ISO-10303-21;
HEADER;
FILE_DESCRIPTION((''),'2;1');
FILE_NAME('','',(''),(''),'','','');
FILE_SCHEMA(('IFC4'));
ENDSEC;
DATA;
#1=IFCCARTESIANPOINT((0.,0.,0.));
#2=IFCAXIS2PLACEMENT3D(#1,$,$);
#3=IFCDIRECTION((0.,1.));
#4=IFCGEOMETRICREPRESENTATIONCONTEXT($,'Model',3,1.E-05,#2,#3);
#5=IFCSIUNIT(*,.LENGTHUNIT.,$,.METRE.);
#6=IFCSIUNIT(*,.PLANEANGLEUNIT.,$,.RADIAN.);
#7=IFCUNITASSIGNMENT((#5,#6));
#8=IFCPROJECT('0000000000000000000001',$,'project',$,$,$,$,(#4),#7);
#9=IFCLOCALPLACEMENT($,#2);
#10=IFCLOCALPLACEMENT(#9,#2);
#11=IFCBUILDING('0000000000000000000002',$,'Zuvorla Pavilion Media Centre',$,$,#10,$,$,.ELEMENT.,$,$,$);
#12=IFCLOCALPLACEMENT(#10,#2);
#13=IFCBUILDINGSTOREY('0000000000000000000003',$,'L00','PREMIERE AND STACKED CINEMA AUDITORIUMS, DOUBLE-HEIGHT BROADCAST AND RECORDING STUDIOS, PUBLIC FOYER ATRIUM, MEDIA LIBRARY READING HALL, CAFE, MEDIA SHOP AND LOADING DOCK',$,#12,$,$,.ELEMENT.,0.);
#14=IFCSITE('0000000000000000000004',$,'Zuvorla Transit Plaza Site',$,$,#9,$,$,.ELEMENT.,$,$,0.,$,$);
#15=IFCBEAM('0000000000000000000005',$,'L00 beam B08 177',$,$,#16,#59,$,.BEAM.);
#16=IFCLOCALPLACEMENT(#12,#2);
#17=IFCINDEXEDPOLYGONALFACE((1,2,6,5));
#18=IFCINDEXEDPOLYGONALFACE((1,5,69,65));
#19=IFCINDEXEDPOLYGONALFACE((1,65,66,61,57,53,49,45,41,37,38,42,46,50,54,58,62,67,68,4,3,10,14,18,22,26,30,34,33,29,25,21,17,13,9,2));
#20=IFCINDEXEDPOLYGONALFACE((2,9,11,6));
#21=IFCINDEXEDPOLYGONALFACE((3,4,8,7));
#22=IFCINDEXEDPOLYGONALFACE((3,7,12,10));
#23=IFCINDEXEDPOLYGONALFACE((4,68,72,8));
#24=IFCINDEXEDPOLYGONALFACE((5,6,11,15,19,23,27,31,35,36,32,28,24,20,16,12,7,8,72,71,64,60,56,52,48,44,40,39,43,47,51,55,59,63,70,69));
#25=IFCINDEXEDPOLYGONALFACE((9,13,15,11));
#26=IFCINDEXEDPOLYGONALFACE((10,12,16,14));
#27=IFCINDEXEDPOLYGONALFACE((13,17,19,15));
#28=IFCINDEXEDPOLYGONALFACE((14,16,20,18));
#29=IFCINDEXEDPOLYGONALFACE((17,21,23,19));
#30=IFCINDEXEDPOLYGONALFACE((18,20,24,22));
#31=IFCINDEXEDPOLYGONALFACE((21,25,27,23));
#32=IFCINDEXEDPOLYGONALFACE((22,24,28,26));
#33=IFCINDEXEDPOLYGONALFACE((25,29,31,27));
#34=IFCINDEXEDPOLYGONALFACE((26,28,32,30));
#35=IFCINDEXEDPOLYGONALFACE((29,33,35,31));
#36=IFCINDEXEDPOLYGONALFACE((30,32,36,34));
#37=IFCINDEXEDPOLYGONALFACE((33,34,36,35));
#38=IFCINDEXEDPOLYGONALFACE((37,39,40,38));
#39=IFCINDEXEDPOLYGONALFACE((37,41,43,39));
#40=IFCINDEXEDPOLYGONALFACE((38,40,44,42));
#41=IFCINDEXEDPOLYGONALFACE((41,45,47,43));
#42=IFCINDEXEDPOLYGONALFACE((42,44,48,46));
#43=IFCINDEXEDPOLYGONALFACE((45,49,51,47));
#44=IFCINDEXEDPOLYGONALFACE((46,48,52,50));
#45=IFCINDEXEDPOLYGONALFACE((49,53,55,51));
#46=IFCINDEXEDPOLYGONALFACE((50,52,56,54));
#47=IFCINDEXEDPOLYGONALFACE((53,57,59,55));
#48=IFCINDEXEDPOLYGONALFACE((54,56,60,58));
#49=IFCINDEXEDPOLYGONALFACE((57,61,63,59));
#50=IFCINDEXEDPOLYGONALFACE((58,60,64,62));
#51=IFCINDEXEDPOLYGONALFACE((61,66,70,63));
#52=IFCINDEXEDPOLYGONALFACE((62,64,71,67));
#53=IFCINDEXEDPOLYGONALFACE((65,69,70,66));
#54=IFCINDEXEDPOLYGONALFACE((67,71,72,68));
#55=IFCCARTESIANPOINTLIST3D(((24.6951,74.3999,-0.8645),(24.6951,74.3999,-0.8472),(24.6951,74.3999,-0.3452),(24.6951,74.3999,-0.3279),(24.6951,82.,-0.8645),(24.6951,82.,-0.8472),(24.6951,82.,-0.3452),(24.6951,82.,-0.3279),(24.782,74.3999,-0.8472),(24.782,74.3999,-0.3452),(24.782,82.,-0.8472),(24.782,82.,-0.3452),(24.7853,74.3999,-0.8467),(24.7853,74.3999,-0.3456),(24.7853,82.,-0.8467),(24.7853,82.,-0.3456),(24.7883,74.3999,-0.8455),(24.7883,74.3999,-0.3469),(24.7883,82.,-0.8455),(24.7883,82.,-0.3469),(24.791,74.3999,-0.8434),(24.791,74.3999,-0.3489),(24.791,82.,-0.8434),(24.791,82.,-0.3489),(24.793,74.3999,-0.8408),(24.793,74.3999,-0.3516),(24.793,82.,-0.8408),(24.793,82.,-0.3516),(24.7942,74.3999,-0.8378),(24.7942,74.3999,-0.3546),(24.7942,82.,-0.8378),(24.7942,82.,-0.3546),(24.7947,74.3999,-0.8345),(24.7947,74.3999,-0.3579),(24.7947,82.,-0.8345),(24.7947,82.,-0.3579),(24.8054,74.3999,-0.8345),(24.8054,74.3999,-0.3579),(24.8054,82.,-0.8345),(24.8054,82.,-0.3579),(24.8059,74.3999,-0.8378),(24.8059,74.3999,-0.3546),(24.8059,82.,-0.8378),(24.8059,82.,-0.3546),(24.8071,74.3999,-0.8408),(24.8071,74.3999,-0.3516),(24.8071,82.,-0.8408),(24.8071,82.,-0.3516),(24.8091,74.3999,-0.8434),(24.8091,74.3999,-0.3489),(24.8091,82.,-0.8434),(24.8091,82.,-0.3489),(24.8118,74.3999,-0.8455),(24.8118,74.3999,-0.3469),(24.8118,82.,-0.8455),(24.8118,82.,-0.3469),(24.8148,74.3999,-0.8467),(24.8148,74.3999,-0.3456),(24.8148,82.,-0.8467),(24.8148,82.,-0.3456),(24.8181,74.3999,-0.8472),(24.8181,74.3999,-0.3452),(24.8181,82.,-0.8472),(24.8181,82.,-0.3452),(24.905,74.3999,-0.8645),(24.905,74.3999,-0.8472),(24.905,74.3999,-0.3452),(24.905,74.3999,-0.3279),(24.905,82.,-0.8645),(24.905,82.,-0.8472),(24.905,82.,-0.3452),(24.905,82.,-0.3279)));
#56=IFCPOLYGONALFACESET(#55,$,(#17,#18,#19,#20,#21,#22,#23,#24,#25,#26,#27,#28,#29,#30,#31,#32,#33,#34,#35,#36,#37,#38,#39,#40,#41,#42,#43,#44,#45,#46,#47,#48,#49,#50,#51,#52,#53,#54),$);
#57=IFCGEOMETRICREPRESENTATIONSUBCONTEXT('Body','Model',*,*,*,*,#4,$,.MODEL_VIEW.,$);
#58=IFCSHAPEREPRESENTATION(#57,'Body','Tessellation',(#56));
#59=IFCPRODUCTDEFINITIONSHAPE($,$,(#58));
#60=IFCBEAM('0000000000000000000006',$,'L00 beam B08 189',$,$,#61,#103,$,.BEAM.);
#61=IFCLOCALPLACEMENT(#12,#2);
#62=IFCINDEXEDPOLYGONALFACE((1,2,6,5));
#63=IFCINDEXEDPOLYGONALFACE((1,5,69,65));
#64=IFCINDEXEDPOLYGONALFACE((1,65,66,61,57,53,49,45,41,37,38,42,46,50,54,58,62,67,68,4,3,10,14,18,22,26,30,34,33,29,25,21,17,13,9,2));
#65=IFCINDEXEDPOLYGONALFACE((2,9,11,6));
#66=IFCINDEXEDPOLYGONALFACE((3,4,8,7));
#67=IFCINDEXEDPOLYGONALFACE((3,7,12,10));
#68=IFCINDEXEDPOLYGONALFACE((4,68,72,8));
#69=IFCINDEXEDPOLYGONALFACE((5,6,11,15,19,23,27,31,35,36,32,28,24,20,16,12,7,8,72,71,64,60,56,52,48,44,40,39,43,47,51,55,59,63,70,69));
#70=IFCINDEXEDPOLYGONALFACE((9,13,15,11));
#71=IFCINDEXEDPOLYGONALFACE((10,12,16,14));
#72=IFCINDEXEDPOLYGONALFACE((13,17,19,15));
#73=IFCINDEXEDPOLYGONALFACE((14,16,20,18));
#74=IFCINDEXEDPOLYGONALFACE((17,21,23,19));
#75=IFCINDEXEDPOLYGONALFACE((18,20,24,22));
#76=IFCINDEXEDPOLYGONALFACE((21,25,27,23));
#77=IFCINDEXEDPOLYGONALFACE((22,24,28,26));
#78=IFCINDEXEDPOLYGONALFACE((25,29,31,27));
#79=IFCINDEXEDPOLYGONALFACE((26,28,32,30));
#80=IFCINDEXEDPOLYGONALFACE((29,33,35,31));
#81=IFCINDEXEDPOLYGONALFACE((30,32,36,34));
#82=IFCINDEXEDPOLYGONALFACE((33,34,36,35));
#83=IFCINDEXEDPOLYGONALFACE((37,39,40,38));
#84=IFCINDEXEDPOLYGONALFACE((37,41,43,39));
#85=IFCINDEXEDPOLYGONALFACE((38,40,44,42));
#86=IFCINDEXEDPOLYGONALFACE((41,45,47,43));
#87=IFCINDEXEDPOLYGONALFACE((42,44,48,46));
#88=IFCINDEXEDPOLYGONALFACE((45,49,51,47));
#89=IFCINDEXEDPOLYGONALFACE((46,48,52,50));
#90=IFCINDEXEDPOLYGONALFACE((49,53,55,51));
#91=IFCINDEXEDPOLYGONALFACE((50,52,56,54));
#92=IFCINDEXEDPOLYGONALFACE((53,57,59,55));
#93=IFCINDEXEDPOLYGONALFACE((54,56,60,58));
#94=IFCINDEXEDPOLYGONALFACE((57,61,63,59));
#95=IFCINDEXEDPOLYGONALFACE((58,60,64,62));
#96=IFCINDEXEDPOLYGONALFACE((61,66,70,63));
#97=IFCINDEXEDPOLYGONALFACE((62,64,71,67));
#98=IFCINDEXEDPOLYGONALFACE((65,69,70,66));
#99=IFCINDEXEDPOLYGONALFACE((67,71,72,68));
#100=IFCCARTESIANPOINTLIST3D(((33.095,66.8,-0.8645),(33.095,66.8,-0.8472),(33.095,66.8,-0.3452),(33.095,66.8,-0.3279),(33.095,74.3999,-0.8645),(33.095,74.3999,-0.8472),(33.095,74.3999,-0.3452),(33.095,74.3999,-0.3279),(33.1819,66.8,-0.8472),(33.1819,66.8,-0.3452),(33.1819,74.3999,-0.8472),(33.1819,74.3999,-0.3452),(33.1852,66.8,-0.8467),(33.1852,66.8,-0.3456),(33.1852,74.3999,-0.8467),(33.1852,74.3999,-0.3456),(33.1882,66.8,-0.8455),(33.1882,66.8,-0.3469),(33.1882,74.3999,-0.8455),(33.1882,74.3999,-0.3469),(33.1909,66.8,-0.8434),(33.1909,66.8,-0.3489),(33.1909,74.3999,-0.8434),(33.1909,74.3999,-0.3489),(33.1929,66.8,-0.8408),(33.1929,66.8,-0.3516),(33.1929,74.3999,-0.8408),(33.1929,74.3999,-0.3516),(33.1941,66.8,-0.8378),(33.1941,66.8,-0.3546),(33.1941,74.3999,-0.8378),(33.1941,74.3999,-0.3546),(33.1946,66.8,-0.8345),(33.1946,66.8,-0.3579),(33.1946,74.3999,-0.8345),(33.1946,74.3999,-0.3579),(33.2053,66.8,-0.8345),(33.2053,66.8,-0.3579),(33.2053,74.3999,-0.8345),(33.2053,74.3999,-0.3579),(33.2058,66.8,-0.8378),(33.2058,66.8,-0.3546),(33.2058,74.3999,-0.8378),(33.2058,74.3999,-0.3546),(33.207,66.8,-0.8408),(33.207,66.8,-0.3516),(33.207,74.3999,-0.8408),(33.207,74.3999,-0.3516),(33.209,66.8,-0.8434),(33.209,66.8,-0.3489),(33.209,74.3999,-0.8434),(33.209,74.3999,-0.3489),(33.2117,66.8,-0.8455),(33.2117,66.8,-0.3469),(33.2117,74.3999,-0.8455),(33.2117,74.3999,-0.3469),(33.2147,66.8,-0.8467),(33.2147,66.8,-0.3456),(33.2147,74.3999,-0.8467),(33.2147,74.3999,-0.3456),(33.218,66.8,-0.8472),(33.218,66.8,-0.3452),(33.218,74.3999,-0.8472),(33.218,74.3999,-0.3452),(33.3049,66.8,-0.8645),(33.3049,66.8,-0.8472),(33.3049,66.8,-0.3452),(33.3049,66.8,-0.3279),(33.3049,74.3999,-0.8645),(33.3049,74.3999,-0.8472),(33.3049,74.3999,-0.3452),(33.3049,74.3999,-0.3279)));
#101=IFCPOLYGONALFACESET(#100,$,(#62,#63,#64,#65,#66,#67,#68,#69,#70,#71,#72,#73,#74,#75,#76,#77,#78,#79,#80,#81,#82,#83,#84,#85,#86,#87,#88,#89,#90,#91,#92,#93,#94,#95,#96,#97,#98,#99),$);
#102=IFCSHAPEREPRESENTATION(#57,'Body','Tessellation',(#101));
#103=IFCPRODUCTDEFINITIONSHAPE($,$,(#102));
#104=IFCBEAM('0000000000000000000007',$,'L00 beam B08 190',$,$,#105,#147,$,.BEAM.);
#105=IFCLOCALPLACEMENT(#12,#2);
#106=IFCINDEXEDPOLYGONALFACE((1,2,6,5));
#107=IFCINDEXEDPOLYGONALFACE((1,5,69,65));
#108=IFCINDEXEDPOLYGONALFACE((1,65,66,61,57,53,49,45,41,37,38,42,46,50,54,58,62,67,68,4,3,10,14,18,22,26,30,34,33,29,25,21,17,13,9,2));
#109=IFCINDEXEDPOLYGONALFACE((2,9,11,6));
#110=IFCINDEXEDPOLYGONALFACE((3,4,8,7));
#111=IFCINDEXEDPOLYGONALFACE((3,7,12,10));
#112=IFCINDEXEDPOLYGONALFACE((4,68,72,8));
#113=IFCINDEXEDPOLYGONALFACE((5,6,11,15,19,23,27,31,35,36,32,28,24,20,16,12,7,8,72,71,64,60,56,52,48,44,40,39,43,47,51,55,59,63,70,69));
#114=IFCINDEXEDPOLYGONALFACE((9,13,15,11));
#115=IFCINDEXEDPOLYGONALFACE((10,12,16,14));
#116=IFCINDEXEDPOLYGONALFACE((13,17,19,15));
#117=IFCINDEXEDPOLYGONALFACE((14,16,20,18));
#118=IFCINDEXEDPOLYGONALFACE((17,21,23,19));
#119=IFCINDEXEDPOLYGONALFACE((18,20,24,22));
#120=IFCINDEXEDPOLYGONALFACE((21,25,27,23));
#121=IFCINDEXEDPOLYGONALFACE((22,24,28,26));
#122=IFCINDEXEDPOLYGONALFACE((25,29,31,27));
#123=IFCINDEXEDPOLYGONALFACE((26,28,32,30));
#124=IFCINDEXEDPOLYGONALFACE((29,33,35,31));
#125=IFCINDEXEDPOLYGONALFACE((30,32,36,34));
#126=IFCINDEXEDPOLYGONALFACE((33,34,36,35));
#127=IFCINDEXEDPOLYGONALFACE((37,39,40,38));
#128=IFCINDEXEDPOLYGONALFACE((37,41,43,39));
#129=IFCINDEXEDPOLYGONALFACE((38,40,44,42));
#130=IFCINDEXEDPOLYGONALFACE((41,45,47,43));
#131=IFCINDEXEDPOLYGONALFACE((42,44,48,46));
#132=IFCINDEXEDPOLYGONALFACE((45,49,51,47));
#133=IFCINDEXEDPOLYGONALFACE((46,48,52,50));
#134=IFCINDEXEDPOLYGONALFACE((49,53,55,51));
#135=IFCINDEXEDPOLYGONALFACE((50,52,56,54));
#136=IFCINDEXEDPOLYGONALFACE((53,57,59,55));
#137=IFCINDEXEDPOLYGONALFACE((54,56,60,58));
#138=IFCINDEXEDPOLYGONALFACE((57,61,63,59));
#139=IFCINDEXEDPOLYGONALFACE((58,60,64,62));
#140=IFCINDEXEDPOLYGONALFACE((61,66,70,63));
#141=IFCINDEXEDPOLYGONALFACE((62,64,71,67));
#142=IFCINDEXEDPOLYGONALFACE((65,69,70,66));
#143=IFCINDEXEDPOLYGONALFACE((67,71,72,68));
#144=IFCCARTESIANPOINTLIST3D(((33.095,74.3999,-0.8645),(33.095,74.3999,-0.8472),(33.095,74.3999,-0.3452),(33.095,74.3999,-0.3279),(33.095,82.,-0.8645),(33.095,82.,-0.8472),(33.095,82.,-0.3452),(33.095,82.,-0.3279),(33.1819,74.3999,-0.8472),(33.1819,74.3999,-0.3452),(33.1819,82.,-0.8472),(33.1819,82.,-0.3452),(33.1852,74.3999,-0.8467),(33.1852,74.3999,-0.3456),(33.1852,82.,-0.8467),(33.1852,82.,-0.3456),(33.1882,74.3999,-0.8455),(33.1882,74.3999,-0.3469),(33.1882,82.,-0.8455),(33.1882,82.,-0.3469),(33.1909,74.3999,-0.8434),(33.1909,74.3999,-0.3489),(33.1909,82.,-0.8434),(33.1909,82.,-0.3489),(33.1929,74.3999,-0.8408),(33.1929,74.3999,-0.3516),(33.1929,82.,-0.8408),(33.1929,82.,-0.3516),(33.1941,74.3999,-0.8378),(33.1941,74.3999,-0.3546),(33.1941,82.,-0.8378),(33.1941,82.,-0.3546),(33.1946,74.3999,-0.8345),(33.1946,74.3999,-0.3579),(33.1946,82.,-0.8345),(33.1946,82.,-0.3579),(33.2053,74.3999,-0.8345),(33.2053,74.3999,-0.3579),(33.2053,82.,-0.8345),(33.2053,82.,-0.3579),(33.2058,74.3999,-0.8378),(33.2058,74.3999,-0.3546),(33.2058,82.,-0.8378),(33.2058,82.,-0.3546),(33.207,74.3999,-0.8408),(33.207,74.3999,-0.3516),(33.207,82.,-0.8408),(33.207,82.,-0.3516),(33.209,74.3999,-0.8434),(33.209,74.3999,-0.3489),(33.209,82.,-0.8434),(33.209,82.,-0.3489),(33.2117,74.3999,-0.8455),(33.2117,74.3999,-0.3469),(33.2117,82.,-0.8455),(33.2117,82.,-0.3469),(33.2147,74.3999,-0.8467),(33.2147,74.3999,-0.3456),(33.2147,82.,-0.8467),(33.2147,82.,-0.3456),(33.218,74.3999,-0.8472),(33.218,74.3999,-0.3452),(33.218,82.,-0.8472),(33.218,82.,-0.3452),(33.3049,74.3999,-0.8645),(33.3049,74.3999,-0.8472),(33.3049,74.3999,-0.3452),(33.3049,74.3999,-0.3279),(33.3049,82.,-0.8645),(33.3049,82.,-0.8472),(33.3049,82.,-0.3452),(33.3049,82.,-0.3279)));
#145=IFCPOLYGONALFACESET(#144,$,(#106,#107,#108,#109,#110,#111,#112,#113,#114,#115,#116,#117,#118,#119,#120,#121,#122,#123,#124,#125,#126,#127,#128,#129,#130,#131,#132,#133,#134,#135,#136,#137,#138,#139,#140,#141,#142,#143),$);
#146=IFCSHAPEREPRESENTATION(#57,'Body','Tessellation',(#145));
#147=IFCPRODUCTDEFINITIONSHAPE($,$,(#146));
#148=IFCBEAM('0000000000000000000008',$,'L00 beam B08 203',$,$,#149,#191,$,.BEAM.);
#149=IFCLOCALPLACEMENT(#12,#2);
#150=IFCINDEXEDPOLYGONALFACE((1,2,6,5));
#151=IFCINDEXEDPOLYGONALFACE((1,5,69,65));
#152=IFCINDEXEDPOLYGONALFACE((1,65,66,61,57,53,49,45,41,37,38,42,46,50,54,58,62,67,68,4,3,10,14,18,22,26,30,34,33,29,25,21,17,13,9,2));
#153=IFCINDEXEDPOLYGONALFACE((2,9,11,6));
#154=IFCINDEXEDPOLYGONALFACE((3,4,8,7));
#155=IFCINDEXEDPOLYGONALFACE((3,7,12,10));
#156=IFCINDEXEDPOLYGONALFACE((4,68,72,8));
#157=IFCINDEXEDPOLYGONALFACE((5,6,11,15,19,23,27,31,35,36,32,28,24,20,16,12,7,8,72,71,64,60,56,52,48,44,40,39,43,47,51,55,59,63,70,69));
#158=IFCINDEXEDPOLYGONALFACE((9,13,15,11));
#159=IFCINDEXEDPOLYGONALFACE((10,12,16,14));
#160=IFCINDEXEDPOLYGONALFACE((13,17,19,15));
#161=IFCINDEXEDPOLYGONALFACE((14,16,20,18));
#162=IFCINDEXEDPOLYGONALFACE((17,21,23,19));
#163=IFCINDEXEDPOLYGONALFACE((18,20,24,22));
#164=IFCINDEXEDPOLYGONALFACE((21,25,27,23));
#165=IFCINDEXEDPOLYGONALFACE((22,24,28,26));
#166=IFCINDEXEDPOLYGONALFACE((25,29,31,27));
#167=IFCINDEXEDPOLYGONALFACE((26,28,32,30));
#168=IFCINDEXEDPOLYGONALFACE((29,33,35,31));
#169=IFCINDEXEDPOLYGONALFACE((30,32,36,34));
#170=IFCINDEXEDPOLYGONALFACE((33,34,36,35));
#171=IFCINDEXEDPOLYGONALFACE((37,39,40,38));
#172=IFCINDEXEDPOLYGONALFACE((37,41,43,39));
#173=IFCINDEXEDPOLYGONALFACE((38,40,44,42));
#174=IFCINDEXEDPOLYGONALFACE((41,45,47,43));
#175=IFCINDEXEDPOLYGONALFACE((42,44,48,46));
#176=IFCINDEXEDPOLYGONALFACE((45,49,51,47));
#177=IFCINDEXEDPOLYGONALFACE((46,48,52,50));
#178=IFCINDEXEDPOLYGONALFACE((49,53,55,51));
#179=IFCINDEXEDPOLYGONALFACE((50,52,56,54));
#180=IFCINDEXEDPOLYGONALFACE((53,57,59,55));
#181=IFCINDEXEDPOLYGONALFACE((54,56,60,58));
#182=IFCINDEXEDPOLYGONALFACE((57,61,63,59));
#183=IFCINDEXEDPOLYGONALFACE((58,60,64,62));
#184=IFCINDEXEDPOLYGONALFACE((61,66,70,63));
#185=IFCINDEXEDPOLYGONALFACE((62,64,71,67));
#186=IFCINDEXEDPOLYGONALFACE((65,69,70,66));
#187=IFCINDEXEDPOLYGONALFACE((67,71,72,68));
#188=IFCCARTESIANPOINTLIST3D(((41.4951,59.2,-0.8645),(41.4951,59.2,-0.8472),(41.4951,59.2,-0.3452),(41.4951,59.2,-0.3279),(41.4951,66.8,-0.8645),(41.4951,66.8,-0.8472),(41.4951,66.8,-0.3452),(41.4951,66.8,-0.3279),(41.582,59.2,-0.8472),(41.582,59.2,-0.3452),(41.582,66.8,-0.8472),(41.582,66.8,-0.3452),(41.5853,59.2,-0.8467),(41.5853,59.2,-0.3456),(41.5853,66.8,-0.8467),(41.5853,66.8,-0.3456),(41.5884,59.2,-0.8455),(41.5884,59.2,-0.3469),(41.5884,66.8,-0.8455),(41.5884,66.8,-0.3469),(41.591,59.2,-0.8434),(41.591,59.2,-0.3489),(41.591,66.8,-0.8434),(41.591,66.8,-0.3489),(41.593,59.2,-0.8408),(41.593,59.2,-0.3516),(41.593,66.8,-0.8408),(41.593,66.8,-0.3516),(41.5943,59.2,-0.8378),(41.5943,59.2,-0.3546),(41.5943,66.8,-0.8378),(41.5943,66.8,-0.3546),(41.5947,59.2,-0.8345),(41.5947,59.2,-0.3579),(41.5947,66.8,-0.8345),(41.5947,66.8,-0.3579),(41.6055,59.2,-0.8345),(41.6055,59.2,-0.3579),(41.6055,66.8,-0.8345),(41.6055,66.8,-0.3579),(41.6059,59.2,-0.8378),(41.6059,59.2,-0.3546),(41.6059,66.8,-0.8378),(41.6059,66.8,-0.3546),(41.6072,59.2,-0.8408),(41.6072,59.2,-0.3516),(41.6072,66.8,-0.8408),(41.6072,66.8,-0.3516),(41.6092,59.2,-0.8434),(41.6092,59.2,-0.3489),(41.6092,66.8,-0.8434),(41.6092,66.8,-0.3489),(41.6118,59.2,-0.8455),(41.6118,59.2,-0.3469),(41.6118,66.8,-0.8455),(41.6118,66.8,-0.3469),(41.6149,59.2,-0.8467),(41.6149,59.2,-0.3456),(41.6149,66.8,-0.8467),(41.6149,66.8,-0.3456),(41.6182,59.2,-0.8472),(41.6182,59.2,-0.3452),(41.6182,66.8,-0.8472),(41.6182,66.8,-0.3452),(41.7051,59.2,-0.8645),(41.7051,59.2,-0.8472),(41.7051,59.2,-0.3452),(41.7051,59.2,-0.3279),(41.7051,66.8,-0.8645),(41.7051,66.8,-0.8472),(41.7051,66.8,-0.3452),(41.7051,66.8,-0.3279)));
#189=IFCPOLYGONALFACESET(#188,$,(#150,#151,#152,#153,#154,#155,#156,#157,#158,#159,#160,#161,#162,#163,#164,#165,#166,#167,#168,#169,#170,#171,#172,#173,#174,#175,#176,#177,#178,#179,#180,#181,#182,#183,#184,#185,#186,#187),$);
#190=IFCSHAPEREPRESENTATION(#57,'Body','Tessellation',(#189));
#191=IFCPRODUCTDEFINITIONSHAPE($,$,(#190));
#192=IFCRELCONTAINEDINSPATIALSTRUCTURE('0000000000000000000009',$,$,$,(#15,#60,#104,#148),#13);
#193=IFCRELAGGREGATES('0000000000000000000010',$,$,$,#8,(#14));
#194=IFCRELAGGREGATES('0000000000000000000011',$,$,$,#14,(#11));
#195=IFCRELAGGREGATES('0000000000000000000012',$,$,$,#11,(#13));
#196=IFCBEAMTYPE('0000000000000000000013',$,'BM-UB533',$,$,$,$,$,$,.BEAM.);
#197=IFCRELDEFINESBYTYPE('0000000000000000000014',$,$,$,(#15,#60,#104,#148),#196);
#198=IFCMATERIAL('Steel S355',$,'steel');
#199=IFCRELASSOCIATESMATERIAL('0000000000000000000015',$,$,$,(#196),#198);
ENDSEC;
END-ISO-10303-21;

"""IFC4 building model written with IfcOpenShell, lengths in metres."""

from ifc_helpers import new_model, si_unit, direction, frame, origin, origin_2d, place, context, subcontext, project, spatial, i_section, extrude, material, material_profile, profile_set, type_object, element, save


model = new_model("IFC4")

# Units and contexts
model_context = context("Model", 3, precision=1e-05, world=origin(), true_north=direction((0.0, 1.0)))
body_context = subcontext(model_context, "Body", "Model", "MODEL_VIEW")
ifc_project = project(units=[si_unit("LENGTHUNIT", "METRE"), si_unit("PLANEANGLEUNIT", "RADIAN")], contexts=[model_context])

# Site, building, storey
site_placement = place(None, origin())
site = spatial("IfcSite", under=ifc_project, at=site_placement, Name="Zuvorla Transit Plaza Site", CompositionType="ELEMENT", RefElevation=0.0)
building_placement = place(site_placement, origin())
building = spatial("IfcBuilding", under=site, at=building_placement, Name="Zuvorla Pavilion Media Centre", CompositionType="ELEMENT")
storey_placement = place(building_placement, origin())
storey = spatial("IfcBuildingStorey", under=building, at=storey_placement, Name="L00", Description="PREMIERE AND STACKED CINEMA AUDITORIUMS, DOUBLE-HEIGHT BROADCAST AND RECORDING STUDIOS, PUBLIC FOYER ATRIUM, MEDIA LIBRARY READING HALL, CAFE, MEDIA SHOP AND LOADING DOCK", CompositionType="ELEMENT", Elevation=0.0)

# Beams
ifc_material_1 = material(Name="Steel S355", Category="steel")
ifc_material_profile_1 = material_profile(ifc_material_1, i_section(OverallWidth=0.21, OverallDepth=0.5366, WebThickness=0.0107, FlangeThickness=0.0173, FilletRadius=0.0127, at=origin_2d()), Name="UB 533x210x101")
ifc_profile_set_1 = profile_set([ifc_material_profile_1], Name="Steel S355")
beam_type_1 = type_object("IfcBeamType", Name="BM-UB533", PredefinedType="BEAM", material=ifc_profile_set_1)
beam_1_placement = place(storey_placement, frame((24.8, 74.3999, -0.5962), z_axis=(0.0, 1.0, 0.0), x_axis=(-1.0, 0.0, 0.0)))
element("IfcBeam", 1, at=beam_1_placement, inside=storey, type_object=beam_type_1, Name="L00 beam B08 177", PredefinedType="BEAM", context=body_context, shape_type="SweptSolid", body=[
    extrude(i_section(OverallWidth=0.21, OverallDepth=0.5366, WebThickness=0.0107, FlangeThickness=0.0173, FilletRadius=0.0127, at=origin_2d()), origin(), (0.0, 0.0, 1.0), 7.6001),
])
beam_2_placement = place(storey_placement, frame((33.2, 66.8, -0.5962), z_axis=(0.0, 1.0, 0.0), x_axis=(-1.0, 0.0, 0.0)))
element("IfcBeam", 2, at=beam_2_placement, inside=storey, type_object=beam_type_1, Name="L00 beam B08 189", PredefinedType="BEAM", context=body_context, shape_type="SweptSolid", body=[
    extrude(i_section(OverallWidth=0.21, OverallDepth=0.5366, WebThickness=0.0107, FlangeThickness=0.0173, FilletRadius=0.0127, at=origin_2d()), origin(), (0.0, 0.0, 1.0), 7.5999),
])
for number, where, z_axis, x_axis, name in (
    (3, (33.2, 74.3999, -0.5962), (0.0, 1.0, 0.0), (-1.0, 0.0, 0.0), "L00 beam B08 190"),
    (4, (41.6001, 59.2, -0.5962), (0.0, 1.0, 0.0), (-1.0, 0.0, 0.0), "L00 beam B08 203"),
):
    element("IfcBeam", number, at=place(storey_placement, frame(where, z_axis=z_axis, x_axis=x_axis)), inside=storey, type_object=beam_type_1, Name=name, PredefinedType="BEAM", context=body_context, shape_type="SweptSolid", body=[
        extrude(i_section(OverallWidth=0.21, OverallDepth=0.5366, WebThickness=0.0107, FlangeThickness=0.0173, FilletRadius=0.0127, at=origin_2d()), origin(), (0.0, 0.0, 1.0), 7.6001),
    ])

save(model, "model.ifc")
